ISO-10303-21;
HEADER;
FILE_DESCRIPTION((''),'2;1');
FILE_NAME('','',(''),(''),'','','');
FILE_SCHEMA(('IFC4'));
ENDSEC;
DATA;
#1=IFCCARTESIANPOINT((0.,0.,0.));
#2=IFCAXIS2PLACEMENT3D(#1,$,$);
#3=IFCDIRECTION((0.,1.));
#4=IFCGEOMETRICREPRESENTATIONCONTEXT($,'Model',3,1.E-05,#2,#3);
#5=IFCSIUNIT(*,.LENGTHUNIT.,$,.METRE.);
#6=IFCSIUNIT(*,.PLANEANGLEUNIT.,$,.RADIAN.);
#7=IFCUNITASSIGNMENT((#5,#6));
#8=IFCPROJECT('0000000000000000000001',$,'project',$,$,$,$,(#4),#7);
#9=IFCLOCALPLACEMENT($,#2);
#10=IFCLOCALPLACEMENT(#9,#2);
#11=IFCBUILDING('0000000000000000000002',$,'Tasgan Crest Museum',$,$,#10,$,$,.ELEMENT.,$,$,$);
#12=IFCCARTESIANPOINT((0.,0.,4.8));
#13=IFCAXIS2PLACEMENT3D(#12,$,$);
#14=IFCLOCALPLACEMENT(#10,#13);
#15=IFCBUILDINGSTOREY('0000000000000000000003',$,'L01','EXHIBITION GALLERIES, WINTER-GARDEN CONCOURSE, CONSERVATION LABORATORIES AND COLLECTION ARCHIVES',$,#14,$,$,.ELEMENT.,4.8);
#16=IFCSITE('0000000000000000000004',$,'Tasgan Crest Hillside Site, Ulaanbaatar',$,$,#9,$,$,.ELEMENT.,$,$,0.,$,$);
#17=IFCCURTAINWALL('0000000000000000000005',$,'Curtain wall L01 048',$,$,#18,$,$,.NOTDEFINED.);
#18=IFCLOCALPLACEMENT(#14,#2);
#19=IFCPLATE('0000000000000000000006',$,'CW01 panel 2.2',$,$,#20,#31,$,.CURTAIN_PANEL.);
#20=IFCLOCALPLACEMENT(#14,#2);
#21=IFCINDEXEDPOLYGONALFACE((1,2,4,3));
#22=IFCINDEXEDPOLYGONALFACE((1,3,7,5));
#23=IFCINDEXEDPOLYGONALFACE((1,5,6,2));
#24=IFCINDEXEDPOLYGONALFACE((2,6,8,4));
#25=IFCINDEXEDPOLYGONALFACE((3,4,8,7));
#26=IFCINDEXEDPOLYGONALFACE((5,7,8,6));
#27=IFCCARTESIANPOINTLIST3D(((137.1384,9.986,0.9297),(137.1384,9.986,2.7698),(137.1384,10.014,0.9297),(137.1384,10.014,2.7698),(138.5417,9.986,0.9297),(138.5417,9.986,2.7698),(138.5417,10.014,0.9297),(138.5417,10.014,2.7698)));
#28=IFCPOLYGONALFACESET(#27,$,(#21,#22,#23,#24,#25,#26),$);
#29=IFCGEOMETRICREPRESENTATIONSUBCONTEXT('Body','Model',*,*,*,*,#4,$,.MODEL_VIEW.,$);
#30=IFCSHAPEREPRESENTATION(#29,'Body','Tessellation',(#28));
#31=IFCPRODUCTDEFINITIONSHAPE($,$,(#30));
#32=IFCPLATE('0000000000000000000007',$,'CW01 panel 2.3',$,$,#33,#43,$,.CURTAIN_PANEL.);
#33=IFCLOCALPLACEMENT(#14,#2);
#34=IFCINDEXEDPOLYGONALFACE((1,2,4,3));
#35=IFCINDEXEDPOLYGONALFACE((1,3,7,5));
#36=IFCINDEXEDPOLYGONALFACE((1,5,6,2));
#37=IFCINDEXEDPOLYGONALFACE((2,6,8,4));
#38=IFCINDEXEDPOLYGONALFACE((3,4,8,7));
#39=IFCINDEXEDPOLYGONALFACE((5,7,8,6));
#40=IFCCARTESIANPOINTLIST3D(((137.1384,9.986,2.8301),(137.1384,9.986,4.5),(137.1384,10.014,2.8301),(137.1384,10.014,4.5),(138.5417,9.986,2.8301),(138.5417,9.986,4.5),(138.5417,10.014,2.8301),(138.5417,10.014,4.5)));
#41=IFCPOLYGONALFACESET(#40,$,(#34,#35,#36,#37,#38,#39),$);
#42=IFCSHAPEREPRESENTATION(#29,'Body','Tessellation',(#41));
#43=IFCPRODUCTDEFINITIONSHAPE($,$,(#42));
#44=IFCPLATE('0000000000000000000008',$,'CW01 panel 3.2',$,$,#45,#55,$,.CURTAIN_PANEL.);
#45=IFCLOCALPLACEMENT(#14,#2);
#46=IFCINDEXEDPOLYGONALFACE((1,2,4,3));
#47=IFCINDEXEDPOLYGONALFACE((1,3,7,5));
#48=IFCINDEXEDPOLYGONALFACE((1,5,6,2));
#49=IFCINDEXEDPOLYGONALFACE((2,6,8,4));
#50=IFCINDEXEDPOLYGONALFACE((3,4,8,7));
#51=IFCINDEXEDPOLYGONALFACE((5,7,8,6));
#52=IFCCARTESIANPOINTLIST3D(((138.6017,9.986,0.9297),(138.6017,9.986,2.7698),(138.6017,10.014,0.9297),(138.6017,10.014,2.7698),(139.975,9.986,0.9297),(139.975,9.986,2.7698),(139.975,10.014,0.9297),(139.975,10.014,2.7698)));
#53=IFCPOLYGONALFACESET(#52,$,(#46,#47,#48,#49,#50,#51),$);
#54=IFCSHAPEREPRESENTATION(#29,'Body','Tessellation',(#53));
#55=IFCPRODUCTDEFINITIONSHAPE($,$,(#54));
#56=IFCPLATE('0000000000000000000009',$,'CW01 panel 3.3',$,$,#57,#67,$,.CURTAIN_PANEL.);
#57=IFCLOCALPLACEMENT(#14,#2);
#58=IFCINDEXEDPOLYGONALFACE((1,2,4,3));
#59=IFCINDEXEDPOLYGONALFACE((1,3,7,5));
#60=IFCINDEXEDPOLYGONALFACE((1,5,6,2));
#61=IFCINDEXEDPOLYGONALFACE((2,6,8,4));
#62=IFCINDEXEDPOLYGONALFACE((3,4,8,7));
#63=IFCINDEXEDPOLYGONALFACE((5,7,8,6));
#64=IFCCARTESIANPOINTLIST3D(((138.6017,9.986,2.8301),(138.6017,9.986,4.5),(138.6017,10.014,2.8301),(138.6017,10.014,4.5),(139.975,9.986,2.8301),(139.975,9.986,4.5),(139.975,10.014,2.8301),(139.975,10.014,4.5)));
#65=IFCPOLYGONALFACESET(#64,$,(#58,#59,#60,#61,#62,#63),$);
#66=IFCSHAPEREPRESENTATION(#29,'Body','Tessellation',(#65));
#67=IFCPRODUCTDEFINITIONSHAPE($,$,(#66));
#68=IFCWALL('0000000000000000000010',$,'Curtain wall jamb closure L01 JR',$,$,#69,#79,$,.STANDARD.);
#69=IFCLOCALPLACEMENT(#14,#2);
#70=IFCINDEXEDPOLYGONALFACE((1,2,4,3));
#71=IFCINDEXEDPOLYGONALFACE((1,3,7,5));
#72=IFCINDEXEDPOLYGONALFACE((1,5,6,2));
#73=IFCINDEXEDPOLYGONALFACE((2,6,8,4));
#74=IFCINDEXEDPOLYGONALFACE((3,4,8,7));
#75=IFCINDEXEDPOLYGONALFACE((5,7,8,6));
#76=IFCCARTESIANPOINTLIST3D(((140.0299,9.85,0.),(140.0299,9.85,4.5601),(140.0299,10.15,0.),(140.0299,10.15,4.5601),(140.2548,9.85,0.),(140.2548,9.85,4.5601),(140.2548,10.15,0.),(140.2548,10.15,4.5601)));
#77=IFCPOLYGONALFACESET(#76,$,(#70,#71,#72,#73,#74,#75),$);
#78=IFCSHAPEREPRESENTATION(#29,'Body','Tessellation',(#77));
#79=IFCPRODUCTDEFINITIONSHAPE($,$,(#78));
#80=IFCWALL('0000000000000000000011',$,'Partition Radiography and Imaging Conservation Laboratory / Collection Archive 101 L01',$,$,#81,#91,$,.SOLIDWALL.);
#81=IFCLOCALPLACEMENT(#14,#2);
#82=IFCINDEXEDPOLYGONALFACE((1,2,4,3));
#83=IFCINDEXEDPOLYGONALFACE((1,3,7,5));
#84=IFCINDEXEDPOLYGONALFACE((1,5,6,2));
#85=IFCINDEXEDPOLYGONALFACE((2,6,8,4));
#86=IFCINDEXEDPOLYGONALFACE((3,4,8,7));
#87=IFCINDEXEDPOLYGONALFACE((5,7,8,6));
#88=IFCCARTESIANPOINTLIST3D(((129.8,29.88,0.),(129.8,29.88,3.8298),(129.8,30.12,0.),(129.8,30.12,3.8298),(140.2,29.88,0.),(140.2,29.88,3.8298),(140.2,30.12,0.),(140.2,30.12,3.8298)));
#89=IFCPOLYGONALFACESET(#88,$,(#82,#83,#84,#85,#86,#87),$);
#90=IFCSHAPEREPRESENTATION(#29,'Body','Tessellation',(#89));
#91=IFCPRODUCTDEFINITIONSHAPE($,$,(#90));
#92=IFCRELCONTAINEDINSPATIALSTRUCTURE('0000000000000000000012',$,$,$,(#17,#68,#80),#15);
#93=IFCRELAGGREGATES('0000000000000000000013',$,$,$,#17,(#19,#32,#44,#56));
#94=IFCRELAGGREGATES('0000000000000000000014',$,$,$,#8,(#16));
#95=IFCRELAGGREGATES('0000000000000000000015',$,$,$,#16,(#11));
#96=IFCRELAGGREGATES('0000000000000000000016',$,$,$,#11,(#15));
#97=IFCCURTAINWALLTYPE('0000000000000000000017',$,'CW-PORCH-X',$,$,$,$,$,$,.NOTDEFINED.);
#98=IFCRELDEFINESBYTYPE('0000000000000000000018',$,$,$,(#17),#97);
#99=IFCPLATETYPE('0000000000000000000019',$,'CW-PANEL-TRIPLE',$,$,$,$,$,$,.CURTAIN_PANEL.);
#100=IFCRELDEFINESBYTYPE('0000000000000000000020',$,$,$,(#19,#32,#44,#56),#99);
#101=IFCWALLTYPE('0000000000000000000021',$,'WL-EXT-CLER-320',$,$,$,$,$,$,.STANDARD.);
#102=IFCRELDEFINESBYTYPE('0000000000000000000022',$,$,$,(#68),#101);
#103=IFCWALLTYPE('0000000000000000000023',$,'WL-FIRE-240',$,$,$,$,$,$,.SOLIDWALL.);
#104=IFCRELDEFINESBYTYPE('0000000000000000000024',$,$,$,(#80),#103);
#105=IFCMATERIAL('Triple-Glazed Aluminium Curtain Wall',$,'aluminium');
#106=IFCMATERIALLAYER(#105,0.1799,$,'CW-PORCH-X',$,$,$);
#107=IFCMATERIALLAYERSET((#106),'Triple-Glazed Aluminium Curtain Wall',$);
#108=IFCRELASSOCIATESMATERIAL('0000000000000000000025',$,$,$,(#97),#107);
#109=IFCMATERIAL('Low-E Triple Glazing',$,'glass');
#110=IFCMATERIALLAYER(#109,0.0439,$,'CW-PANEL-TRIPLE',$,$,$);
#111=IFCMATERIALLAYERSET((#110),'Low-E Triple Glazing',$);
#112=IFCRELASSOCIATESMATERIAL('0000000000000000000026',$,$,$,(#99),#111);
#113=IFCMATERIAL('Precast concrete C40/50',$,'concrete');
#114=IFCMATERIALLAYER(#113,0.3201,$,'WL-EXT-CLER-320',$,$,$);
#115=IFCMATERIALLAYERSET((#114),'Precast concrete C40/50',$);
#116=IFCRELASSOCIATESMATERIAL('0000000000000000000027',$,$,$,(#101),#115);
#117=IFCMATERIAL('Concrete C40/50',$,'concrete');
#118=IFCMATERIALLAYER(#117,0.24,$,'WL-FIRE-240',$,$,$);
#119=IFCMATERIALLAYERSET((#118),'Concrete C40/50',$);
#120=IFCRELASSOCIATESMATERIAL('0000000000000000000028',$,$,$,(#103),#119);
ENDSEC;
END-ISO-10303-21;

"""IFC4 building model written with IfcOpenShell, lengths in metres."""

from ifc_helpers import new_model, si_unit, direction, frame, frame_2d, origin, origin_2d, place, context, subcontext, project, spatial, rectangle, extrude, material, layer, layer_set, type_object, element, aggregate, save


model = new_model("IFC4")

# Units and contexts
model_context = context("Model", 3, precision=1e-05, world=origin(), true_north=direction((0.0, 1.0)))
body_context = subcontext(model_context, "Body", "Model", "MODEL_VIEW")
ifc_project = project(units=[si_unit("LENGTHUNIT", "METRE"), si_unit("PLANEANGLEUNIT", "RADIAN")], contexts=[model_context])

# Site, building, storey
site_placement = place(None, origin())
site = spatial("IfcSite", under=ifc_project, at=site_placement, Name="Tasgan Crest Hillside Site, Ulaanbaatar", CompositionType="ELEMENT", RefElevation=0.0)
building_placement = place(site_placement, origin())
building = spatial("IfcBuilding", under=site, at=building_placement, Name="Tasgan Crest Museum", CompositionType="ELEMENT")
storey_placement = place(building_placement, frame((0.0, 0.0, 4.8)))
storey = spatial("IfcBuildingStorey", under=building, at=storey_placement, Name="L01", Description="EXHIBITION GALLERIES, WINTER-GARDEN CONCOURSE, CONSERVATION LABORATORIES AND COLLECTION ARCHIVES", CompositionType="ELEMENT", Elevation=4.8)

# Curtain wall, plates
ifc_material_1 = material(Name="Triple-Glazed Aluminium Curtain Wall", Category="aluminium")
ifc_layer_1 = layer(ifc_material_1, 0.1799, Name="CW-PORCH-X")
ifc_layer_set_1 = layer_set([ifc_layer_1], Name="Triple-Glazed Aluminium Curtain Wall")
curtain_wall_type = type_object("IfcCurtainWallType", Name="CW-PORCH-X", PredefinedType="NOTDEFINED", material=ifc_layer_set_1)
curtain_wall_placement = place(storey_placement, origin())
curtain_wall = element("IfcCurtainWall", 1, at=curtain_wall_placement, inside=storey, type_object=curtain_wall_type, Name="Curtain wall L01 048", PredefinedType="NOTDEFINED")
ifc_material_2 = material(Name="Low-E Triple Glazing", Category="glass")
ifc_layer_2 = layer(ifc_material_2, 0.0439, Name="CW-PANEL-TRIPLE")
ifc_layer_set_2 = layer_set([ifc_layer_2], Name="Low-E Triple Glazing")
plate_type_1 = type_object("IfcPlateType", Name="CW-PANEL-TRIPLE", PredefinedType="CURTAIN_PANEL", material=ifc_layer_set_2)
plate_1_placement = place(storey_placement, frame((137.8401, 10.0, 0.9297), z_axis=(0.0, 0.0, 1.0), x_axis=(1.0, 0.0, 0.0)))
plate_1 = element("IfcPlate", 2, at=plate_1_placement, type_object=plate_type_1, Name="CW01 panel 2.2", PredefinedType="CURTAIN_PANEL", context=body_context, shape_type="SweptSolid", body=[
    extrude(rectangle(XDim=1.4033, YDim=0.0281, at=origin_2d()), origin(), (0.0, 0.0, 1.0), 1.8401),
])
plate_2_placement = place(storey_placement, frame((137.8401, 10.0, 2.8301), z_axis=(0.0, 0.0, 1.0), x_axis=(1.0, 0.0, 0.0)))
plate_2 = element("IfcPlate", 3, at=plate_2_placement, type_object=plate_type_1, Name="CW01 panel 2.3", PredefinedType="CURTAIN_PANEL", context=body_context, shape_type="SweptSolid", body=[
    extrude(rectangle(XDim=1.4033, YDim=0.0281, at=origin_2d()), origin(), (0.0, 0.0, 1.0), 1.6699),
])
plate_3_placement = place(storey_placement, frame((139.2883, 10.0, 0.9297), z_axis=(0.0, 0.0, 1.0), x_axis=(1.0, 0.0, 0.0)))
plate_3 = element("IfcPlate", 4, at=plate_3_placement, type_object=plate_type_1, Name="CW01 panel 3.2", PredefinedType="CURTAIN_PANEL", context=body_context, shape_type="SweptSolid", body=[
    extrude(rectangle(XDim=1.3733, YDim=0.0281, at=origin_2d()), origin(), (0.0, 0.0, 1.0), 1.8401),
])
plate_4_placement = place(storey_placement, frame((139.2883, 10.0, 2.8301), z_axis=(0.0, 0.0, 1.0), x_axis=(1.0, 0.0, 0.0)))
plate_4 = element("IfcPlate", 5, at=plate_4_placement, type_object=plate_type_1, Name="CW01 panel 3.3", PredefinedType="CURTAIN_PANEL", context=body_context, shape_type="SweptSolid", body=[
    extrude(rectangle(XDim=1.3733, YDim=0.0281, at=origin_2d()), origin(), (0.0, 0.0, 1.0), 1.6699),
])
aggregate(curtain_wall, [plate_1, plate_2, plate_3, plate_4])

# Walls
ifc_material_3 = material(Name="Precast concrete C40/50", Category="concrete")
ifc_layer_3 = layer(ifc_material_3, 0.3201, Name="WL-EXT-CLER-320")
ifc_layer_set_3 = layer_set([ifc_layer_3], Name="Precast concrete C40/50")
wall_type_1 = type_object("IfcWallType", Name="WL-EXT-CLER-320", PredefinedType="STANDARD", material=ifc_layer_set_3)
wall_1_placement = place(storey_placement, frame((140.03, 10.0, 0.0), z_axis=(0.0, 0.0, 1.0), x_axis=(1.0, 0.0, 0.0)))
element("IfcWall", 6, at=wall_1_placement, inside=storey, type_object=wall_type_1, Name="Curtain wall jamb closure L01 JR", PredefinedType="STANDARD", context=body_context, shape_type="SweptSolid", body=[
    extrude(rectangle(XDim=0.2249, YDim=0.3, at=frame_2d((0.1123, 0.0))), origin(), (0.0, 0.0, 1.0), 4.5601),
])
ifc_material_4 = material(Name="Concrete C40/50", Category="concrete")
ifc_layer_4 = layer(ifc_material_4, 0.24, Name="WL-FIRE-240")
ifc_layer_set_4 = layer_set([ifc_layer_4], Name="Concrete C40/50")
wall_type_2 = type_object("IfcWallType", Name="WL-FIRE-240", PredefinedType="SOLIDWALL", material=ifc_layer_set_4)
wall_2_placement = place(storey_placement, frame((129.8, 30.0, 0.0), z_axis=(0.0, 0.0, 1.0), x_axis=(1.0, 0.0, 0.0)))
element("IfcWall", 7, at=wall_2_placement, inside=storey, type_object=wall_type_2, Name="Partition Radiography and Imaging Conservation Laboratory / Collection Archive 101 L01", PredefinedType="SOLIDWALL", context=body_context, shape_type="SweptSolid", body=[
    extrude(rectangle(XDim=10.3999, YDim=0.24, at=frame_2d((5.2, 0.0))), origin(), (0.0, 0.0, 1.0), 3.8298),
])

save(model, "model.ifc")
